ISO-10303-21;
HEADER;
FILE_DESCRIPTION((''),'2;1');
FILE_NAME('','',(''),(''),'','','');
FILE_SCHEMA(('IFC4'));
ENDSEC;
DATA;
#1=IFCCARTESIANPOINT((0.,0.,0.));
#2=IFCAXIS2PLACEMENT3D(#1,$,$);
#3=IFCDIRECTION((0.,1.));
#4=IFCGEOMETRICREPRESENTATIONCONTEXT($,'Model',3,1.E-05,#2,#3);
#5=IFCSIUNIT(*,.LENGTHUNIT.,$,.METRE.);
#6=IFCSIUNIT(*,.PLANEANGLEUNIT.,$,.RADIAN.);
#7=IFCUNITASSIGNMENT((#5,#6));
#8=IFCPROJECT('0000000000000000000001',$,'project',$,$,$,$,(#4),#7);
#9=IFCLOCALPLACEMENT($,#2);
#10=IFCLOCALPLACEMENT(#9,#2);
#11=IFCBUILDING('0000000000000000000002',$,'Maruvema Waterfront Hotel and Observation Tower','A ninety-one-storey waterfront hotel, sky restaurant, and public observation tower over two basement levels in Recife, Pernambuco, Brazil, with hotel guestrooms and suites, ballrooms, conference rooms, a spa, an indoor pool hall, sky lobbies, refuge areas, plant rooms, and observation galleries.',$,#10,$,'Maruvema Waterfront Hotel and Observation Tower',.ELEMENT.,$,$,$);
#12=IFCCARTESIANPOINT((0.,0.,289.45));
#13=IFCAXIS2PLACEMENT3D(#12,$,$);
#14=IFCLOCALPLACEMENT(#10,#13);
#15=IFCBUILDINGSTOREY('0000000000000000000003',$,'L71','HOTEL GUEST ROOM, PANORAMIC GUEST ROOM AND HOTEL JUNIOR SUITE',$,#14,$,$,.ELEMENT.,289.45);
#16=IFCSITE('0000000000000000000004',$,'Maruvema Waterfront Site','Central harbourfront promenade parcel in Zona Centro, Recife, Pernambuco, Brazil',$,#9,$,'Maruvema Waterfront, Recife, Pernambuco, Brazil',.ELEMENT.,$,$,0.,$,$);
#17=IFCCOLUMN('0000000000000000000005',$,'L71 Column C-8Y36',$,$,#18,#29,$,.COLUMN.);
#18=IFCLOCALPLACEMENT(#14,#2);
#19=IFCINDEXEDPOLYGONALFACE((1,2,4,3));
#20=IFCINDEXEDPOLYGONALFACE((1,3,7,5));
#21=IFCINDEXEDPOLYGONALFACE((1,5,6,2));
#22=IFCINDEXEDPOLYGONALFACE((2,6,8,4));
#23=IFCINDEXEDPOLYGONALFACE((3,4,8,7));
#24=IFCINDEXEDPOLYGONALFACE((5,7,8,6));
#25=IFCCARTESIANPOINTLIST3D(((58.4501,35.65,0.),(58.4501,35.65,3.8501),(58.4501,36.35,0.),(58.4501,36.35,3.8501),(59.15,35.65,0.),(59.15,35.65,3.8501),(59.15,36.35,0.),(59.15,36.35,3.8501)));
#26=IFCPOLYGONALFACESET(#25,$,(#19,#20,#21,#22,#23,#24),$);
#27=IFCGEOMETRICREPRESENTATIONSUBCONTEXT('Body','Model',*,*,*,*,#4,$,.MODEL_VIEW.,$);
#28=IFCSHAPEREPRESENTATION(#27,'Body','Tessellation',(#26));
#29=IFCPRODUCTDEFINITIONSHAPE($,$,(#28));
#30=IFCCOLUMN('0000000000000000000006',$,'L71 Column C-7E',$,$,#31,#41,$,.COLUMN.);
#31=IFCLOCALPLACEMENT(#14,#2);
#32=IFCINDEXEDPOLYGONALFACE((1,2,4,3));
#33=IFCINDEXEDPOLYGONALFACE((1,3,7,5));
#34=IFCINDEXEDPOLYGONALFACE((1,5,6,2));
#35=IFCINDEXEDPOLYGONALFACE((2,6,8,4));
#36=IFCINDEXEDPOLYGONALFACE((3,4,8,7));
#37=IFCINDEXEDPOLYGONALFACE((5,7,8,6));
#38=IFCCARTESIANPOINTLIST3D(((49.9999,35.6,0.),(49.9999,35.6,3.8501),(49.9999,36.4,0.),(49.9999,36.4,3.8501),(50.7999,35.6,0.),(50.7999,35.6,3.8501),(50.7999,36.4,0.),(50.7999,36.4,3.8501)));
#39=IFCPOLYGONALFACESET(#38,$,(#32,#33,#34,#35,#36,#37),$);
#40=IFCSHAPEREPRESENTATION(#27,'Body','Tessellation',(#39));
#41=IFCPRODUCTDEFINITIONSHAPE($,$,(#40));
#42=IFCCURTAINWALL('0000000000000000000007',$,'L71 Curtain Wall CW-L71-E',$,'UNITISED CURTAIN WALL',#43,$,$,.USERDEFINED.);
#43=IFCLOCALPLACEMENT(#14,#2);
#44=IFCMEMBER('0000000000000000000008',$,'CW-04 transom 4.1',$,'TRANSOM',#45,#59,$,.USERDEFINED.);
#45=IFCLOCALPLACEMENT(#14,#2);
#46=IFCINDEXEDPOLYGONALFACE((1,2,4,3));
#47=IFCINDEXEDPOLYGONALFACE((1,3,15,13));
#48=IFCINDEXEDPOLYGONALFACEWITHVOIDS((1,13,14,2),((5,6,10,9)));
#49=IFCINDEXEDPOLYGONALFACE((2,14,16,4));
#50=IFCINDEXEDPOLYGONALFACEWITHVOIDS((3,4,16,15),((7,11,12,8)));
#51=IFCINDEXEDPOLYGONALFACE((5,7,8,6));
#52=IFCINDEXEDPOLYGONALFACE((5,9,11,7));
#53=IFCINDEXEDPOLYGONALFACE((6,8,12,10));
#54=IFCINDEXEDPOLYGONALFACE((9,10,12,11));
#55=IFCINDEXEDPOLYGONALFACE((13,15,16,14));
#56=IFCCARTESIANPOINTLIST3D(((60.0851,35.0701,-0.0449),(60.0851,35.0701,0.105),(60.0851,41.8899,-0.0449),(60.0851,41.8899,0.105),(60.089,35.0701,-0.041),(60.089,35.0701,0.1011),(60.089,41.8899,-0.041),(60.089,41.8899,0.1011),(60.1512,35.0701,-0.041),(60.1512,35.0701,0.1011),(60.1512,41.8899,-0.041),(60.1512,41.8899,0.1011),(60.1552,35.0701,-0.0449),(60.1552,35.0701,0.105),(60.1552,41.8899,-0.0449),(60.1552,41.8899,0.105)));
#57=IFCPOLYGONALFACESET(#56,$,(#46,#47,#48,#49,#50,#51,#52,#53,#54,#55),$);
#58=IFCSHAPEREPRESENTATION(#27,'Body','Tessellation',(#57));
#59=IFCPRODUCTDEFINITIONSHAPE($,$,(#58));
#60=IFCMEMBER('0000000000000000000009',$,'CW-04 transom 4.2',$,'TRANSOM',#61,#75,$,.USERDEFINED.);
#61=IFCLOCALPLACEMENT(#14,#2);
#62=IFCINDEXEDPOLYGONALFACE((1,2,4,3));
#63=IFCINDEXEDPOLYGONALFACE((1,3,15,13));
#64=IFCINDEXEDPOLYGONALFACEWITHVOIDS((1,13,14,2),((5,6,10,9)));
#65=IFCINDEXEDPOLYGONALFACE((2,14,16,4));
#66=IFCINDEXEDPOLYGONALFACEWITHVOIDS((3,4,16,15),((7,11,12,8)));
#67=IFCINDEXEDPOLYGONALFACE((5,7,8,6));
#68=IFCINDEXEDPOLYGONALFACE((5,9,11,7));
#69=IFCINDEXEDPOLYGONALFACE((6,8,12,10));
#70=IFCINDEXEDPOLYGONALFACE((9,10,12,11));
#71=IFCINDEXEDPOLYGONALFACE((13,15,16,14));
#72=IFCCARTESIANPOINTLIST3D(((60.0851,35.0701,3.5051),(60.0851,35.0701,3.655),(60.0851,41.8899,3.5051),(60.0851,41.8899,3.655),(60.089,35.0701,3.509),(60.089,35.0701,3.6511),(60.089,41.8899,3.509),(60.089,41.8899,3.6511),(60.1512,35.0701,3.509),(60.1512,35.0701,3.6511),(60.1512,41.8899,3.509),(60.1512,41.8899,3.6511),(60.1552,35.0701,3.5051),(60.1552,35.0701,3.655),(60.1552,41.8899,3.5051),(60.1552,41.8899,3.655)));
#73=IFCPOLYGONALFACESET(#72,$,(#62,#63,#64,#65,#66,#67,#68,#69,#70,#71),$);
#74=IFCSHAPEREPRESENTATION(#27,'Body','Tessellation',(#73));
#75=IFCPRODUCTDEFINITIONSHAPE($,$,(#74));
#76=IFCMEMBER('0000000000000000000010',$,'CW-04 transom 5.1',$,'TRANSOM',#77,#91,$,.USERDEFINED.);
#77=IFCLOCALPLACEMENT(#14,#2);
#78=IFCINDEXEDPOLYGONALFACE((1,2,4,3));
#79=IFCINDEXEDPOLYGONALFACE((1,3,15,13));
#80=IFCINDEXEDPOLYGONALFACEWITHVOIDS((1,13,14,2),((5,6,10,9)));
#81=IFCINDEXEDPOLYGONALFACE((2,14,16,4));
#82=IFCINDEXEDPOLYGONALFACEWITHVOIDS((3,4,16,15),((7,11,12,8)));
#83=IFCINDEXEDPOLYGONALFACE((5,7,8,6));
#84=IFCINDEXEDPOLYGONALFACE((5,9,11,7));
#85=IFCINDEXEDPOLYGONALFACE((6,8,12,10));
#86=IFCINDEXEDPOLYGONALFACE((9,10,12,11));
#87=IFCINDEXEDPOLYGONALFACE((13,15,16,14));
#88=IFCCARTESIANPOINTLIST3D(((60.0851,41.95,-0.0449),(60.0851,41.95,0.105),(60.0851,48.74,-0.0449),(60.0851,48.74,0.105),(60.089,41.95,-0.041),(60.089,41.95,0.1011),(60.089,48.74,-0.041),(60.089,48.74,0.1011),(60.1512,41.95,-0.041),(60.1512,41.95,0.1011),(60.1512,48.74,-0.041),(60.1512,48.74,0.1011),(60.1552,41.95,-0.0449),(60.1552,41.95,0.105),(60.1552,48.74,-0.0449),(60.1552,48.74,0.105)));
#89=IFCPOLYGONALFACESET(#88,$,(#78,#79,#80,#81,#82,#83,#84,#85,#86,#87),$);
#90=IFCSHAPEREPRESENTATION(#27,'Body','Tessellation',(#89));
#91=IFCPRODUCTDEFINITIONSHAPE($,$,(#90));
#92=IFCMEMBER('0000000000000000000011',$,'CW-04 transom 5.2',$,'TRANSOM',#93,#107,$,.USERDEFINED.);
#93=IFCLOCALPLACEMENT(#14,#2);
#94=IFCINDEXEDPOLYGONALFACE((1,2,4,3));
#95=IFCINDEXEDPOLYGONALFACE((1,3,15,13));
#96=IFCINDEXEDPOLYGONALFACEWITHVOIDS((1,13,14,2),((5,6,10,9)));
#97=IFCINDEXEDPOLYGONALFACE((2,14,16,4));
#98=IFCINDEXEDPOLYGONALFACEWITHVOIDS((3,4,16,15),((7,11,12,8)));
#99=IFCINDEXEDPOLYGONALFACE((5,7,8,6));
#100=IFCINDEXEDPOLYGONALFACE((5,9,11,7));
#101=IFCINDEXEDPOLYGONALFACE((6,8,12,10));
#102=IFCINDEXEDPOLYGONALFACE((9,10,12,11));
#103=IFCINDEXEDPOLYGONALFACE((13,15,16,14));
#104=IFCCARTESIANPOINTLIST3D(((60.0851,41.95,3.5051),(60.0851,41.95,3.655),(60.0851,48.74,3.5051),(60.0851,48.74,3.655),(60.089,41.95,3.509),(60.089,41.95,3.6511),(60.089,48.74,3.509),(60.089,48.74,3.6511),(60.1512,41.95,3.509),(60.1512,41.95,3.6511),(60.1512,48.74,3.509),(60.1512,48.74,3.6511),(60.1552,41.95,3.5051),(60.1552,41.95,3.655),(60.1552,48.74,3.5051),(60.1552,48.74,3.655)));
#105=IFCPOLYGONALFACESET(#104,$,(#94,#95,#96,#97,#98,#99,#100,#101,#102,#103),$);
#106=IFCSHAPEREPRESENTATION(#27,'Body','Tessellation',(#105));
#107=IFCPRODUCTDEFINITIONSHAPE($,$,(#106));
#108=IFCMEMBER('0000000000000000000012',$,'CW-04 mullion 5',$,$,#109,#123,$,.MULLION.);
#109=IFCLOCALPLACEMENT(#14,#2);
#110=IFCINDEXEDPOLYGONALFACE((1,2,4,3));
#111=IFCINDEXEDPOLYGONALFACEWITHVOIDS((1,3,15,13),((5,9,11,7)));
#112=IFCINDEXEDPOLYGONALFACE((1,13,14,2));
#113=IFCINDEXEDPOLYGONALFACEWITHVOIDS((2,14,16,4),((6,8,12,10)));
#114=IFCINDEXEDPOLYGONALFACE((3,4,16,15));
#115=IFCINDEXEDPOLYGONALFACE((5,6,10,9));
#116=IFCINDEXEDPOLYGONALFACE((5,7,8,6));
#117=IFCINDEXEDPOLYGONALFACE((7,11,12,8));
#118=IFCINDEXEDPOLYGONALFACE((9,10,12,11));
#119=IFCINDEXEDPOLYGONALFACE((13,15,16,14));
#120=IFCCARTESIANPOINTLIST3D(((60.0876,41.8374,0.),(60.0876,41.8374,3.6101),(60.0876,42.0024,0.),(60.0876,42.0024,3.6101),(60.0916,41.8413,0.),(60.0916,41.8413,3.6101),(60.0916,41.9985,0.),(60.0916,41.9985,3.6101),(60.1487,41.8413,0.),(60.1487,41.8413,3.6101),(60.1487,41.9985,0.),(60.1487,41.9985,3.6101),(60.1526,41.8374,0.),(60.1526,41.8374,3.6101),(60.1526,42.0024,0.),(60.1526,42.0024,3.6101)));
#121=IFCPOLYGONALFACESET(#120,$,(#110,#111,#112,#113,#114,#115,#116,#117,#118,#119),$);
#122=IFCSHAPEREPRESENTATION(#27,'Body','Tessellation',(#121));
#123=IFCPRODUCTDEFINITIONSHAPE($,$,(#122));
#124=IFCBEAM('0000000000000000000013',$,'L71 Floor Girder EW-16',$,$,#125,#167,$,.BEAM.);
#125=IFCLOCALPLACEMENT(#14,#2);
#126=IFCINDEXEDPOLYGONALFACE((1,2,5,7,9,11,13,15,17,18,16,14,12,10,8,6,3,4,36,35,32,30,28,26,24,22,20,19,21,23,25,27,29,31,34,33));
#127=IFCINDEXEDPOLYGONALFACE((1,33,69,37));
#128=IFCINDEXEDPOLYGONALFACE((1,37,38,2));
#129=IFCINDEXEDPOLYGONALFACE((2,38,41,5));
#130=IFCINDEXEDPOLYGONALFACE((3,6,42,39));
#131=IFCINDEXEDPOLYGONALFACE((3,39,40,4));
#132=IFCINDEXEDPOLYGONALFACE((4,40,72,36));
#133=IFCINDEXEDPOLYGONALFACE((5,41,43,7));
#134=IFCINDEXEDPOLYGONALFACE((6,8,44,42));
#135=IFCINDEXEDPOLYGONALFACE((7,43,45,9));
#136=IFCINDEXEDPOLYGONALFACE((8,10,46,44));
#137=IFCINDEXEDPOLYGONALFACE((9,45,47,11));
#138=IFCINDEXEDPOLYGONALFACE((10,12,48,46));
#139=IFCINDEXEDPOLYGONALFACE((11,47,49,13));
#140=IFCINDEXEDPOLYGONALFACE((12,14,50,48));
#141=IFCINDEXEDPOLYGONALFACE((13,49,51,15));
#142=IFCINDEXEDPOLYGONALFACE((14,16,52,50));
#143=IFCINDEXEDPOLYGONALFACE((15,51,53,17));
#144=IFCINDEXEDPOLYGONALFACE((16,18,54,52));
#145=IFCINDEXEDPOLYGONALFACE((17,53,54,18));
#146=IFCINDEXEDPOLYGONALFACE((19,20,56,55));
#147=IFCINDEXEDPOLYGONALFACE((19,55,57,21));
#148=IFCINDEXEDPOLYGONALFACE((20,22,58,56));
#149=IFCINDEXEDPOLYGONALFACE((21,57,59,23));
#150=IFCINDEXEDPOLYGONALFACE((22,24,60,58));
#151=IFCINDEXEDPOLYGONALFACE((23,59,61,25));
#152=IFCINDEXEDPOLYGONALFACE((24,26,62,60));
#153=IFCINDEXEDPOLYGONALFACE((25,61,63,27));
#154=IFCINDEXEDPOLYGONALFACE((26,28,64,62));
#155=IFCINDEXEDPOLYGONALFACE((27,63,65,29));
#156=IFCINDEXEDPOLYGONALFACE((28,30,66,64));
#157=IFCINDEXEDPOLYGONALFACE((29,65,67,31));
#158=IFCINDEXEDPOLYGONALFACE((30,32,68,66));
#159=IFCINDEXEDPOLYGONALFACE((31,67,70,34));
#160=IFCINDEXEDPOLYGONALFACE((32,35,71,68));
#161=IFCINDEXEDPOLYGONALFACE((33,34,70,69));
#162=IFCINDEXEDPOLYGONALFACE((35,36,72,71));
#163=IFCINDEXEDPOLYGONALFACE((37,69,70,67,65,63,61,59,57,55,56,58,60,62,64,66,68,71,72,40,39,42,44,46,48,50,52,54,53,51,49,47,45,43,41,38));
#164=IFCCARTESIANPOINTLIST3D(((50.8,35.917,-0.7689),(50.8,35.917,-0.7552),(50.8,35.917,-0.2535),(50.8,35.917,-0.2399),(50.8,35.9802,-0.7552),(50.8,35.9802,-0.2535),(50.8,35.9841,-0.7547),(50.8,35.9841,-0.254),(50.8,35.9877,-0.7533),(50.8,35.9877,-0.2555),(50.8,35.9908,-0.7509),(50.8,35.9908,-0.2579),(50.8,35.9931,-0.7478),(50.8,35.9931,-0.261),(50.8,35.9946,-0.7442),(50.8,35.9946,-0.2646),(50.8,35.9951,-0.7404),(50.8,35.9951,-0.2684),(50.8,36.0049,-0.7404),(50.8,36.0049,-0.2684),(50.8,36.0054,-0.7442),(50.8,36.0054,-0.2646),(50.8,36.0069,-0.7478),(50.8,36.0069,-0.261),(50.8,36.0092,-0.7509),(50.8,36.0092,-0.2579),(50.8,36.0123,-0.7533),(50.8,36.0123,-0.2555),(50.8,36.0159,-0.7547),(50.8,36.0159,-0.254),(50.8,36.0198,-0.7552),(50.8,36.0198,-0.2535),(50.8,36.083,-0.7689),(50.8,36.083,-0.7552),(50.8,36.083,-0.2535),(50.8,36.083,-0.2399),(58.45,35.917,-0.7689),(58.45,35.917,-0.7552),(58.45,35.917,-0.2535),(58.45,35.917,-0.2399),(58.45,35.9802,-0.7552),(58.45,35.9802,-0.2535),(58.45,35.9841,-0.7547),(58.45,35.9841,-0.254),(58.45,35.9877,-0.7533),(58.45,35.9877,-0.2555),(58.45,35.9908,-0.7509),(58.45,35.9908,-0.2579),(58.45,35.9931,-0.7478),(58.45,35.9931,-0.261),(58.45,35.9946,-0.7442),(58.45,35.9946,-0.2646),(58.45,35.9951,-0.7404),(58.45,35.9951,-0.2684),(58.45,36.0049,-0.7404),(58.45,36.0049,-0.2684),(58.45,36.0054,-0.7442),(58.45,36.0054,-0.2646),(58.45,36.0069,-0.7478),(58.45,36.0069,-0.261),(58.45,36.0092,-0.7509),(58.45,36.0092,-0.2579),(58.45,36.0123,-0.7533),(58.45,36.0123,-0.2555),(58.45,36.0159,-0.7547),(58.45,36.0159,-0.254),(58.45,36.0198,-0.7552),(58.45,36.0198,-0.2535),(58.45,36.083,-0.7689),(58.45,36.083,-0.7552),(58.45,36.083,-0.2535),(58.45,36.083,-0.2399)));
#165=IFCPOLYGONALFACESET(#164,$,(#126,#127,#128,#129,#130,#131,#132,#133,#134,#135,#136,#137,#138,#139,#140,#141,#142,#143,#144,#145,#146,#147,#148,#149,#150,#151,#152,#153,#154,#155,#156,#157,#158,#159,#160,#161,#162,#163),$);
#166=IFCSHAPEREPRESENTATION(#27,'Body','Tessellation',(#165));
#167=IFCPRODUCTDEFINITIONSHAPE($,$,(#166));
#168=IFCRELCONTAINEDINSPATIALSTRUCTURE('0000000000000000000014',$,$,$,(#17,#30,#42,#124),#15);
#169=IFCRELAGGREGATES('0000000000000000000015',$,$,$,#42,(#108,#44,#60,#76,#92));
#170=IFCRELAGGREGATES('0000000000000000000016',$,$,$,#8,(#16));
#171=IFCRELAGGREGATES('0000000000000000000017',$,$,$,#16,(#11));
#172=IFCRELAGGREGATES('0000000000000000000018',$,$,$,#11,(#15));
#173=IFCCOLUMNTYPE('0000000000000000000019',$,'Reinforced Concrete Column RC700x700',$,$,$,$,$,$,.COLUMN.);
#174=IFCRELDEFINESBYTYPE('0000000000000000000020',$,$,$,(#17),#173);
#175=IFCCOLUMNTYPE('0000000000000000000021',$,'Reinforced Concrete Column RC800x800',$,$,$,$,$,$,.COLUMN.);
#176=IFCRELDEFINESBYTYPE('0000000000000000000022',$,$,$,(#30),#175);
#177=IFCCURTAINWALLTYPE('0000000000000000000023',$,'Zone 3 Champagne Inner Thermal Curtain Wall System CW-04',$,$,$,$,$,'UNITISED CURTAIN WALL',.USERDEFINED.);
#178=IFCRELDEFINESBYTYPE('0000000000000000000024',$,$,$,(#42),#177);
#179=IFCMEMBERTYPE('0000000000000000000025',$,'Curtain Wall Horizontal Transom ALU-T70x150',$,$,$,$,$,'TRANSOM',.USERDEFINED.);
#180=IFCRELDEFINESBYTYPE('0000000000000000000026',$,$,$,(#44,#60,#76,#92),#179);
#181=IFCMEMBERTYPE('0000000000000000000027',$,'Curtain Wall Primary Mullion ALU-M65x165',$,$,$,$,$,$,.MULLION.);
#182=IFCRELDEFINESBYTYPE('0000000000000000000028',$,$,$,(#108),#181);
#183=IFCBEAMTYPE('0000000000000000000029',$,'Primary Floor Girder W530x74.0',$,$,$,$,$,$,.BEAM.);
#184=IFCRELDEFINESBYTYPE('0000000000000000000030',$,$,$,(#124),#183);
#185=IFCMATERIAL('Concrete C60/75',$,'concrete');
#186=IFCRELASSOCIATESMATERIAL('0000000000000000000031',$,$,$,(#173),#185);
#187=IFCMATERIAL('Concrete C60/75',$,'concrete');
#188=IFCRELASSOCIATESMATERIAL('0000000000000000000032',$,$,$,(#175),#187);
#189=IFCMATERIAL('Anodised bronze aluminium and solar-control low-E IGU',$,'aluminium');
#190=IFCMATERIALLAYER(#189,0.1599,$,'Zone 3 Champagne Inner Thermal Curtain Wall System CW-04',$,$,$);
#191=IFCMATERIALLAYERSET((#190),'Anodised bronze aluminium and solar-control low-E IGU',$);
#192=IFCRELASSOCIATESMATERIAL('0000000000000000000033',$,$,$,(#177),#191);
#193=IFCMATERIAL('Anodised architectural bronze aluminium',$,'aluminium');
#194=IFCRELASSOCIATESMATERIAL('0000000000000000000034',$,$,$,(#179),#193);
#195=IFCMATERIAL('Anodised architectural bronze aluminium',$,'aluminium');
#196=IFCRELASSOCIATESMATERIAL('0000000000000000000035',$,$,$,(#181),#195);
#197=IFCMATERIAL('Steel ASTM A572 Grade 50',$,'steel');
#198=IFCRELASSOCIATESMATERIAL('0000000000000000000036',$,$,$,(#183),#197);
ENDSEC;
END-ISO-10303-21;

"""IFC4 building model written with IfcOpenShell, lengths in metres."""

from ifc_helpers import new_model, si_unit, direction, frame, origin, origin_2d, place, context, subcontext, project, spatial, rectangle, hollow_rectangle, i_section, extrude, material, layer, layer_set, material_profile, profile_set, type_object, element, aggregate, save


model = new_model("IFC4")

# Units and contexts
model_context = context("Model", 3, precision=1e-05, world=origin(), true_north=direction((0.0, 1.0)))
body_context = subcontext(model_context, "Body", "Model", "MODEL_VIEW")
ifc_project = project(units=[si_unit("LENGTHUNIT", "METRE"), si_unit("PLANEANGLEUNIT", "RADIAN")], contexts=[model_context])

# Site, building, storey
site_placement = place(None, origin())
site = spatial("IfcSite", under=ifc_project, at=site_placement, Name="Maruvema Waterfront Site", Description="Central harbourfront promenade parcel in Zona Centro, Recife, Pernambuco, Brazil", LongName="Maruvema Waterfront, Recife, Pernambuco, Brazil", CompositionType="ELEMENT", RefElevation=0.0)
building_placement = place(site_placement, origin())
building = spatial("IfcBuilding", under=site, at=building_placement, Name="Maruvema Waterfront Hotel and Observation Tower", Description="A ninety-one-storey waterfront hotel, sky restaurant, and public observation tower over two basement levels in Recife, Pernambuco, Brazil, with hotel guestrooms and suites, ballrooms, conference rooms, a spa, an indoor pool hall, sky lobbies, refuge areas, plant rooms, and observation galleries.", LongName="Maruvema Waterfront Hotel and Observation Tower", CompositionType="ELEMENT")
storey_placement = place(building_placement, frame((0.0, 0.0, 289.45)))
storey = spatial("IfcBuildingStorey", under=building, at=storey_placement, Name="L71", Description="HOTEL GUEST ROOM, PANORAMIC GUEST ROOM AND HOTEL JUNIOR SUITE", CompositionType="ELEMENT", Elevation=289.45)

# Columns
ifc_material_1 = material(Name="Concrete C60/75", Category="concrete")
ifc_material_profile_1 = material_profile(ifc_material_1, rectangle(XDim=0.7, YDim=0.7, at=origin_2d()), Name="RC700x700")
ifc_profile_set_1 = profile_set([ifc_material_profile_1], Name="Concrete C60/75")
column_type_1 = type_object("IfcColumnType", Name="Reinforced Concrete Column RC700x700", PredefinedType="COLUMN", material=ifc_profile_set_1)
column_1_placement = place(storey_placement, frame((58.8, 36.0, 0.0), z_axis=(0.0, 0.0, 1.0), x_axis=(1.0, 0.0, 0.0)))
element("IfcColumn", 1, at=column_1_placement, inside=storey, type_object=column_type_1, Name="L71 Column C-8Y36", PredefinedType="COLUMN", context=body_context, shape_type="SweptSolid", body=[
    extrude(rectangle(XDim=0.7, YDim=0.7, at=origin_2d()), origin(), (0.0, 0.0, 1.0), 3.8501),
])
ifc_material_2 = material(Name="Concrete C60/75", Category="concrete")
ifc_material_profile_2 = material_profile(ifc_material_2, rectangle(XDim=0.8, YDim=0.8, at=origin_2d()), Name="RC800x800")
ifc_profile_set_2 = profile_set([ifc_material_profile_2], Name="Concrete C60/75")
column_type_2 = type_object("IfcColumnType", Name="Reinforced Concrete Column RC800x800", PredefinedType="COLUMN", material=ifc_profile_set_2)
column_2_placement = place(storey_placement, frame((50.3999, 36.0, 0.0), z_axis=(0.0, 0.0, 1.0), x_axis=(1.0, 0.0, 0.0)))
element("IfcColumn", 2, at=column_2_placement, inside=storey, type_object=column_type_2, Name="L71 Column C-7E", PredefinedType="COLUMN", context=body_context, shape_type="SweptSolid", body=[
    extrude(rectangle(XDim=0.8, YDim=0.8, at=origin_2d()), origin(), (0.0, 0.0, 1.0), 3.8501),
])

# Curtain wall, members
ifc_material_3 = material(Name="Anodised bronze aluminium and solar-control low-E IGU", Category="aluminium")
ifc_layer_1 = layer(ifc_material_3, 0.1599, Name="Zone 3 Champagne Inner Thermal Curtain Wall System CW-04")
ifc_layer_set_1 = layer_set([ifc_layer_1], Name="Anodised bronze aluminium and solar-control low-E IGU")
curtain_wall_type = type_object("IfcCurtainWallType", Name="Zone 3 Champagne Inner Thermal Curtain Wall System CW-04", ElementType="UNITISED CURTAIN WALL", PredefinedType="USERDEFINED", material=ifc_layer_set_1)
curtain_wall_placement = place(storey_placement, origin())
curtain_wall = element("IfcCurtainWall", 3, at=curtain_wall_placement, inside=storey, type_object=curtain_wall_type, Name="L71 Curtain Wall CW-L71-E", ObjectType="UNITISED CURTAIN WALL", PredefinedType="USERDEFINED")
ifc_material_4 = material(Name="Anodised architectural bronze aluminium", Category="aluminium")
ifc_material_profile_3 = material_profile(ifc_material_4, hollow_rectangle(XDim=0.0701, YDim=0.1499, WallThickness=0.0039, at=origin_2d()), Name="ALU-T70x150")
ifc_profile_set_3 = profile_set([ifc_material_profile_3], Name="Anodised architectural bronze aluminium")
member_type_1 = type_object("IfcMemberType", Name="Curtain Wall Horizontal Transom ALU-T70x150", ElementType="TRANSOM", PredefinedType="USERDEFINED", material=ifc_profile_set_3)
member_1_placement = place(storey_placement, frame((60.1201, 35.0701, 0.03), z_axis=(0.0, 1.0, 0.0), x_axis=(-1.0, 0.0, 0.0)))
member_1 = element("IfcMember", 4, at=member_1_placement, type_object=member_type_1, Name="CW-04 transom 4.1", ObjectType="TRANSOM", PredefinedType="USERDEFINED", context=body_context, shape_type="SweptSolid", body=[
    extrude(hollow_rectangle(XDim=0.0701, YDim=0.1499, WallThickness=0.0039, at=origin_2d()), origin(), (0.0, 0.0, 1.0), 6.8198),
])
member_2_placement = place(storey_placement, frame((60.1201, 35.0701, 3.5801), z_axis=(0.0, 1.0, 0.0), x_axis=(-1.0, 0.0, 0.0)))
member_2 = element("IfcMember", 5, at=member_2_placement, type_object=member_type_1, Name="CW-04 transom 4.2", ObjectType="TRANSOM", PredefinedType="USERDEFINED", context=body_context, shape_type="SweptSolid", body=[
    extrude(hollow_rectangle(XDim=0.0701, YDim=0.1499, WallThickness=0.0039, at=origin_2d()), origin(), (0.0, 0.0, 1.0), 6.8198),
])
member_3_placement = place(storey_placement, frame((60.1201, 41.95, 0.03), z_axis=(0.0, 1.0, 0.0), x_axis=(-1.0, 0.0, 0.0)))
member_3 = element("IfcMember", 6, at=member_3_placement, type_object=member_type_1, Name="CW-04 transom 5.1", ObjectType="TRANSOM", PredefinedType="USERDEFINED", context=body_context, shape_type="SweptSolid", body=[
    extrude(hollow_rectangle(XDim=0.0701, YDim=0.1499, WallThickness=0.0039, at=origin_2d()), origin(), (0.0, 0.0, 1.0), 6.79),
])
member_4_placement = place(storey_placement, frame((60.1201, 41.95, 3.5801), z_axis=(0.0, 1.0, 0.0), x_axis=(-1.0, 0.0, 0.0)))
member_4 = element("IfcMember", 7, at=member_4_placement, type_object=member_type_1, Name="CW-04 transom 5.2", ObjectType="TRANSOM", PredefinedType="USERDEFINED", context=body_context, shape_type="SweptSolid", body=[
    extrude(hollow_rectangle(XDim=0.0701, YDim=0.1499, WallThickness=0.0039, at=origin_2d()), origin(), (0.0, 0.0, 1.0), 6.79),
])
ifc_material_5 = material(Name="Anodised architectural bronze aluminium", Category="aluminium")
ifc_material_profile_4 = material_profile(ifc_material_5, hollow_rectangle(XDim=0.0649, YDim=0.165, WallThickness=0.0039, at=origin_2d()), Name="ALU-M65x165")
ifc_profile_set_4 = profile_set([ifc_material_profile_4], Name="Anodised architectural bronze aluminium")
member_type_2 = type_object("IfcMemberType", Name="Curtain Wall Primary Mullion ALU-M65x165", PredefinedType="MULLION", material=ifc_profile_set_4)
member_5_placement = place(storey_placement, frame((60.1201, 41.9199, 0.0), z_axis=(0.0, 0.0, 1.0), x_axis=(-1.0, 0.0, 0.0)))
member_5 = element("IfcMember", 8, at=member_5_placement, type_object=member_type_2, Name="CW-04 mullion 5", PredefinedType="MULLION", context=body_context, shape_type="SweptSolid", body=[
    extrude(hollow_rectangle(XDim=0.0649, YDim=0.165, WallThickness=0.0039, at=origin_2d()), origin(), (0.0, 0.0, 1.0), 3.6101),
])

# Beam
ifc_material_6 = material(Name="Steel ASTM A572 Grade 50", Category="steel")
ifc_material_profile_5 = material_profile(ifc_material_6, i_section(OverallWidth=0.166, OverallDepth=0.5291, WebThickness=0.0098, FlangeThickness=0.0137, FilletRadius=0.0149, at=origin_2d()), Name="W530x74.0")
ifc_profile_set_5 = profile_set([ifc_material_profile_5], Name="Steel ASTM A572 Grade 50")
beam_type_1 = type_object("IfcBeamType", Name="Primary Floor Girder W530x74.0", PredefinedType="BEAM", material=ifc_profile_set_5)
beam_1_placement = place(storey_placement, frame((50.8, 36.0, -0.5044), z_axis=(1.0, 0.0, 0.0), x_axis=(0.0, 1.0, 0.0)))
element("IfcBeam", 9, at=beam_1_placement, inside=storey, type_object=beam_type_1, Name="L71 Floor Girder EW-16", PredefinedType="BEAM", context=body_context, shape_type="SweptSolid", body=[
    extrude(i_section(OverallWidth=0.166, OverallDepth=0.5291, WebThickness=0.0098, FlangeThickness=0.0137, FilletRadius=0.0149, at=origin_2d()), origin(), (0.0, 0.0, 1.0), 7.6499),
])

aggregate(curtain_wall, [member_5, member_1, member_2, member_3, member_4])

save(model, "model.ifc")
